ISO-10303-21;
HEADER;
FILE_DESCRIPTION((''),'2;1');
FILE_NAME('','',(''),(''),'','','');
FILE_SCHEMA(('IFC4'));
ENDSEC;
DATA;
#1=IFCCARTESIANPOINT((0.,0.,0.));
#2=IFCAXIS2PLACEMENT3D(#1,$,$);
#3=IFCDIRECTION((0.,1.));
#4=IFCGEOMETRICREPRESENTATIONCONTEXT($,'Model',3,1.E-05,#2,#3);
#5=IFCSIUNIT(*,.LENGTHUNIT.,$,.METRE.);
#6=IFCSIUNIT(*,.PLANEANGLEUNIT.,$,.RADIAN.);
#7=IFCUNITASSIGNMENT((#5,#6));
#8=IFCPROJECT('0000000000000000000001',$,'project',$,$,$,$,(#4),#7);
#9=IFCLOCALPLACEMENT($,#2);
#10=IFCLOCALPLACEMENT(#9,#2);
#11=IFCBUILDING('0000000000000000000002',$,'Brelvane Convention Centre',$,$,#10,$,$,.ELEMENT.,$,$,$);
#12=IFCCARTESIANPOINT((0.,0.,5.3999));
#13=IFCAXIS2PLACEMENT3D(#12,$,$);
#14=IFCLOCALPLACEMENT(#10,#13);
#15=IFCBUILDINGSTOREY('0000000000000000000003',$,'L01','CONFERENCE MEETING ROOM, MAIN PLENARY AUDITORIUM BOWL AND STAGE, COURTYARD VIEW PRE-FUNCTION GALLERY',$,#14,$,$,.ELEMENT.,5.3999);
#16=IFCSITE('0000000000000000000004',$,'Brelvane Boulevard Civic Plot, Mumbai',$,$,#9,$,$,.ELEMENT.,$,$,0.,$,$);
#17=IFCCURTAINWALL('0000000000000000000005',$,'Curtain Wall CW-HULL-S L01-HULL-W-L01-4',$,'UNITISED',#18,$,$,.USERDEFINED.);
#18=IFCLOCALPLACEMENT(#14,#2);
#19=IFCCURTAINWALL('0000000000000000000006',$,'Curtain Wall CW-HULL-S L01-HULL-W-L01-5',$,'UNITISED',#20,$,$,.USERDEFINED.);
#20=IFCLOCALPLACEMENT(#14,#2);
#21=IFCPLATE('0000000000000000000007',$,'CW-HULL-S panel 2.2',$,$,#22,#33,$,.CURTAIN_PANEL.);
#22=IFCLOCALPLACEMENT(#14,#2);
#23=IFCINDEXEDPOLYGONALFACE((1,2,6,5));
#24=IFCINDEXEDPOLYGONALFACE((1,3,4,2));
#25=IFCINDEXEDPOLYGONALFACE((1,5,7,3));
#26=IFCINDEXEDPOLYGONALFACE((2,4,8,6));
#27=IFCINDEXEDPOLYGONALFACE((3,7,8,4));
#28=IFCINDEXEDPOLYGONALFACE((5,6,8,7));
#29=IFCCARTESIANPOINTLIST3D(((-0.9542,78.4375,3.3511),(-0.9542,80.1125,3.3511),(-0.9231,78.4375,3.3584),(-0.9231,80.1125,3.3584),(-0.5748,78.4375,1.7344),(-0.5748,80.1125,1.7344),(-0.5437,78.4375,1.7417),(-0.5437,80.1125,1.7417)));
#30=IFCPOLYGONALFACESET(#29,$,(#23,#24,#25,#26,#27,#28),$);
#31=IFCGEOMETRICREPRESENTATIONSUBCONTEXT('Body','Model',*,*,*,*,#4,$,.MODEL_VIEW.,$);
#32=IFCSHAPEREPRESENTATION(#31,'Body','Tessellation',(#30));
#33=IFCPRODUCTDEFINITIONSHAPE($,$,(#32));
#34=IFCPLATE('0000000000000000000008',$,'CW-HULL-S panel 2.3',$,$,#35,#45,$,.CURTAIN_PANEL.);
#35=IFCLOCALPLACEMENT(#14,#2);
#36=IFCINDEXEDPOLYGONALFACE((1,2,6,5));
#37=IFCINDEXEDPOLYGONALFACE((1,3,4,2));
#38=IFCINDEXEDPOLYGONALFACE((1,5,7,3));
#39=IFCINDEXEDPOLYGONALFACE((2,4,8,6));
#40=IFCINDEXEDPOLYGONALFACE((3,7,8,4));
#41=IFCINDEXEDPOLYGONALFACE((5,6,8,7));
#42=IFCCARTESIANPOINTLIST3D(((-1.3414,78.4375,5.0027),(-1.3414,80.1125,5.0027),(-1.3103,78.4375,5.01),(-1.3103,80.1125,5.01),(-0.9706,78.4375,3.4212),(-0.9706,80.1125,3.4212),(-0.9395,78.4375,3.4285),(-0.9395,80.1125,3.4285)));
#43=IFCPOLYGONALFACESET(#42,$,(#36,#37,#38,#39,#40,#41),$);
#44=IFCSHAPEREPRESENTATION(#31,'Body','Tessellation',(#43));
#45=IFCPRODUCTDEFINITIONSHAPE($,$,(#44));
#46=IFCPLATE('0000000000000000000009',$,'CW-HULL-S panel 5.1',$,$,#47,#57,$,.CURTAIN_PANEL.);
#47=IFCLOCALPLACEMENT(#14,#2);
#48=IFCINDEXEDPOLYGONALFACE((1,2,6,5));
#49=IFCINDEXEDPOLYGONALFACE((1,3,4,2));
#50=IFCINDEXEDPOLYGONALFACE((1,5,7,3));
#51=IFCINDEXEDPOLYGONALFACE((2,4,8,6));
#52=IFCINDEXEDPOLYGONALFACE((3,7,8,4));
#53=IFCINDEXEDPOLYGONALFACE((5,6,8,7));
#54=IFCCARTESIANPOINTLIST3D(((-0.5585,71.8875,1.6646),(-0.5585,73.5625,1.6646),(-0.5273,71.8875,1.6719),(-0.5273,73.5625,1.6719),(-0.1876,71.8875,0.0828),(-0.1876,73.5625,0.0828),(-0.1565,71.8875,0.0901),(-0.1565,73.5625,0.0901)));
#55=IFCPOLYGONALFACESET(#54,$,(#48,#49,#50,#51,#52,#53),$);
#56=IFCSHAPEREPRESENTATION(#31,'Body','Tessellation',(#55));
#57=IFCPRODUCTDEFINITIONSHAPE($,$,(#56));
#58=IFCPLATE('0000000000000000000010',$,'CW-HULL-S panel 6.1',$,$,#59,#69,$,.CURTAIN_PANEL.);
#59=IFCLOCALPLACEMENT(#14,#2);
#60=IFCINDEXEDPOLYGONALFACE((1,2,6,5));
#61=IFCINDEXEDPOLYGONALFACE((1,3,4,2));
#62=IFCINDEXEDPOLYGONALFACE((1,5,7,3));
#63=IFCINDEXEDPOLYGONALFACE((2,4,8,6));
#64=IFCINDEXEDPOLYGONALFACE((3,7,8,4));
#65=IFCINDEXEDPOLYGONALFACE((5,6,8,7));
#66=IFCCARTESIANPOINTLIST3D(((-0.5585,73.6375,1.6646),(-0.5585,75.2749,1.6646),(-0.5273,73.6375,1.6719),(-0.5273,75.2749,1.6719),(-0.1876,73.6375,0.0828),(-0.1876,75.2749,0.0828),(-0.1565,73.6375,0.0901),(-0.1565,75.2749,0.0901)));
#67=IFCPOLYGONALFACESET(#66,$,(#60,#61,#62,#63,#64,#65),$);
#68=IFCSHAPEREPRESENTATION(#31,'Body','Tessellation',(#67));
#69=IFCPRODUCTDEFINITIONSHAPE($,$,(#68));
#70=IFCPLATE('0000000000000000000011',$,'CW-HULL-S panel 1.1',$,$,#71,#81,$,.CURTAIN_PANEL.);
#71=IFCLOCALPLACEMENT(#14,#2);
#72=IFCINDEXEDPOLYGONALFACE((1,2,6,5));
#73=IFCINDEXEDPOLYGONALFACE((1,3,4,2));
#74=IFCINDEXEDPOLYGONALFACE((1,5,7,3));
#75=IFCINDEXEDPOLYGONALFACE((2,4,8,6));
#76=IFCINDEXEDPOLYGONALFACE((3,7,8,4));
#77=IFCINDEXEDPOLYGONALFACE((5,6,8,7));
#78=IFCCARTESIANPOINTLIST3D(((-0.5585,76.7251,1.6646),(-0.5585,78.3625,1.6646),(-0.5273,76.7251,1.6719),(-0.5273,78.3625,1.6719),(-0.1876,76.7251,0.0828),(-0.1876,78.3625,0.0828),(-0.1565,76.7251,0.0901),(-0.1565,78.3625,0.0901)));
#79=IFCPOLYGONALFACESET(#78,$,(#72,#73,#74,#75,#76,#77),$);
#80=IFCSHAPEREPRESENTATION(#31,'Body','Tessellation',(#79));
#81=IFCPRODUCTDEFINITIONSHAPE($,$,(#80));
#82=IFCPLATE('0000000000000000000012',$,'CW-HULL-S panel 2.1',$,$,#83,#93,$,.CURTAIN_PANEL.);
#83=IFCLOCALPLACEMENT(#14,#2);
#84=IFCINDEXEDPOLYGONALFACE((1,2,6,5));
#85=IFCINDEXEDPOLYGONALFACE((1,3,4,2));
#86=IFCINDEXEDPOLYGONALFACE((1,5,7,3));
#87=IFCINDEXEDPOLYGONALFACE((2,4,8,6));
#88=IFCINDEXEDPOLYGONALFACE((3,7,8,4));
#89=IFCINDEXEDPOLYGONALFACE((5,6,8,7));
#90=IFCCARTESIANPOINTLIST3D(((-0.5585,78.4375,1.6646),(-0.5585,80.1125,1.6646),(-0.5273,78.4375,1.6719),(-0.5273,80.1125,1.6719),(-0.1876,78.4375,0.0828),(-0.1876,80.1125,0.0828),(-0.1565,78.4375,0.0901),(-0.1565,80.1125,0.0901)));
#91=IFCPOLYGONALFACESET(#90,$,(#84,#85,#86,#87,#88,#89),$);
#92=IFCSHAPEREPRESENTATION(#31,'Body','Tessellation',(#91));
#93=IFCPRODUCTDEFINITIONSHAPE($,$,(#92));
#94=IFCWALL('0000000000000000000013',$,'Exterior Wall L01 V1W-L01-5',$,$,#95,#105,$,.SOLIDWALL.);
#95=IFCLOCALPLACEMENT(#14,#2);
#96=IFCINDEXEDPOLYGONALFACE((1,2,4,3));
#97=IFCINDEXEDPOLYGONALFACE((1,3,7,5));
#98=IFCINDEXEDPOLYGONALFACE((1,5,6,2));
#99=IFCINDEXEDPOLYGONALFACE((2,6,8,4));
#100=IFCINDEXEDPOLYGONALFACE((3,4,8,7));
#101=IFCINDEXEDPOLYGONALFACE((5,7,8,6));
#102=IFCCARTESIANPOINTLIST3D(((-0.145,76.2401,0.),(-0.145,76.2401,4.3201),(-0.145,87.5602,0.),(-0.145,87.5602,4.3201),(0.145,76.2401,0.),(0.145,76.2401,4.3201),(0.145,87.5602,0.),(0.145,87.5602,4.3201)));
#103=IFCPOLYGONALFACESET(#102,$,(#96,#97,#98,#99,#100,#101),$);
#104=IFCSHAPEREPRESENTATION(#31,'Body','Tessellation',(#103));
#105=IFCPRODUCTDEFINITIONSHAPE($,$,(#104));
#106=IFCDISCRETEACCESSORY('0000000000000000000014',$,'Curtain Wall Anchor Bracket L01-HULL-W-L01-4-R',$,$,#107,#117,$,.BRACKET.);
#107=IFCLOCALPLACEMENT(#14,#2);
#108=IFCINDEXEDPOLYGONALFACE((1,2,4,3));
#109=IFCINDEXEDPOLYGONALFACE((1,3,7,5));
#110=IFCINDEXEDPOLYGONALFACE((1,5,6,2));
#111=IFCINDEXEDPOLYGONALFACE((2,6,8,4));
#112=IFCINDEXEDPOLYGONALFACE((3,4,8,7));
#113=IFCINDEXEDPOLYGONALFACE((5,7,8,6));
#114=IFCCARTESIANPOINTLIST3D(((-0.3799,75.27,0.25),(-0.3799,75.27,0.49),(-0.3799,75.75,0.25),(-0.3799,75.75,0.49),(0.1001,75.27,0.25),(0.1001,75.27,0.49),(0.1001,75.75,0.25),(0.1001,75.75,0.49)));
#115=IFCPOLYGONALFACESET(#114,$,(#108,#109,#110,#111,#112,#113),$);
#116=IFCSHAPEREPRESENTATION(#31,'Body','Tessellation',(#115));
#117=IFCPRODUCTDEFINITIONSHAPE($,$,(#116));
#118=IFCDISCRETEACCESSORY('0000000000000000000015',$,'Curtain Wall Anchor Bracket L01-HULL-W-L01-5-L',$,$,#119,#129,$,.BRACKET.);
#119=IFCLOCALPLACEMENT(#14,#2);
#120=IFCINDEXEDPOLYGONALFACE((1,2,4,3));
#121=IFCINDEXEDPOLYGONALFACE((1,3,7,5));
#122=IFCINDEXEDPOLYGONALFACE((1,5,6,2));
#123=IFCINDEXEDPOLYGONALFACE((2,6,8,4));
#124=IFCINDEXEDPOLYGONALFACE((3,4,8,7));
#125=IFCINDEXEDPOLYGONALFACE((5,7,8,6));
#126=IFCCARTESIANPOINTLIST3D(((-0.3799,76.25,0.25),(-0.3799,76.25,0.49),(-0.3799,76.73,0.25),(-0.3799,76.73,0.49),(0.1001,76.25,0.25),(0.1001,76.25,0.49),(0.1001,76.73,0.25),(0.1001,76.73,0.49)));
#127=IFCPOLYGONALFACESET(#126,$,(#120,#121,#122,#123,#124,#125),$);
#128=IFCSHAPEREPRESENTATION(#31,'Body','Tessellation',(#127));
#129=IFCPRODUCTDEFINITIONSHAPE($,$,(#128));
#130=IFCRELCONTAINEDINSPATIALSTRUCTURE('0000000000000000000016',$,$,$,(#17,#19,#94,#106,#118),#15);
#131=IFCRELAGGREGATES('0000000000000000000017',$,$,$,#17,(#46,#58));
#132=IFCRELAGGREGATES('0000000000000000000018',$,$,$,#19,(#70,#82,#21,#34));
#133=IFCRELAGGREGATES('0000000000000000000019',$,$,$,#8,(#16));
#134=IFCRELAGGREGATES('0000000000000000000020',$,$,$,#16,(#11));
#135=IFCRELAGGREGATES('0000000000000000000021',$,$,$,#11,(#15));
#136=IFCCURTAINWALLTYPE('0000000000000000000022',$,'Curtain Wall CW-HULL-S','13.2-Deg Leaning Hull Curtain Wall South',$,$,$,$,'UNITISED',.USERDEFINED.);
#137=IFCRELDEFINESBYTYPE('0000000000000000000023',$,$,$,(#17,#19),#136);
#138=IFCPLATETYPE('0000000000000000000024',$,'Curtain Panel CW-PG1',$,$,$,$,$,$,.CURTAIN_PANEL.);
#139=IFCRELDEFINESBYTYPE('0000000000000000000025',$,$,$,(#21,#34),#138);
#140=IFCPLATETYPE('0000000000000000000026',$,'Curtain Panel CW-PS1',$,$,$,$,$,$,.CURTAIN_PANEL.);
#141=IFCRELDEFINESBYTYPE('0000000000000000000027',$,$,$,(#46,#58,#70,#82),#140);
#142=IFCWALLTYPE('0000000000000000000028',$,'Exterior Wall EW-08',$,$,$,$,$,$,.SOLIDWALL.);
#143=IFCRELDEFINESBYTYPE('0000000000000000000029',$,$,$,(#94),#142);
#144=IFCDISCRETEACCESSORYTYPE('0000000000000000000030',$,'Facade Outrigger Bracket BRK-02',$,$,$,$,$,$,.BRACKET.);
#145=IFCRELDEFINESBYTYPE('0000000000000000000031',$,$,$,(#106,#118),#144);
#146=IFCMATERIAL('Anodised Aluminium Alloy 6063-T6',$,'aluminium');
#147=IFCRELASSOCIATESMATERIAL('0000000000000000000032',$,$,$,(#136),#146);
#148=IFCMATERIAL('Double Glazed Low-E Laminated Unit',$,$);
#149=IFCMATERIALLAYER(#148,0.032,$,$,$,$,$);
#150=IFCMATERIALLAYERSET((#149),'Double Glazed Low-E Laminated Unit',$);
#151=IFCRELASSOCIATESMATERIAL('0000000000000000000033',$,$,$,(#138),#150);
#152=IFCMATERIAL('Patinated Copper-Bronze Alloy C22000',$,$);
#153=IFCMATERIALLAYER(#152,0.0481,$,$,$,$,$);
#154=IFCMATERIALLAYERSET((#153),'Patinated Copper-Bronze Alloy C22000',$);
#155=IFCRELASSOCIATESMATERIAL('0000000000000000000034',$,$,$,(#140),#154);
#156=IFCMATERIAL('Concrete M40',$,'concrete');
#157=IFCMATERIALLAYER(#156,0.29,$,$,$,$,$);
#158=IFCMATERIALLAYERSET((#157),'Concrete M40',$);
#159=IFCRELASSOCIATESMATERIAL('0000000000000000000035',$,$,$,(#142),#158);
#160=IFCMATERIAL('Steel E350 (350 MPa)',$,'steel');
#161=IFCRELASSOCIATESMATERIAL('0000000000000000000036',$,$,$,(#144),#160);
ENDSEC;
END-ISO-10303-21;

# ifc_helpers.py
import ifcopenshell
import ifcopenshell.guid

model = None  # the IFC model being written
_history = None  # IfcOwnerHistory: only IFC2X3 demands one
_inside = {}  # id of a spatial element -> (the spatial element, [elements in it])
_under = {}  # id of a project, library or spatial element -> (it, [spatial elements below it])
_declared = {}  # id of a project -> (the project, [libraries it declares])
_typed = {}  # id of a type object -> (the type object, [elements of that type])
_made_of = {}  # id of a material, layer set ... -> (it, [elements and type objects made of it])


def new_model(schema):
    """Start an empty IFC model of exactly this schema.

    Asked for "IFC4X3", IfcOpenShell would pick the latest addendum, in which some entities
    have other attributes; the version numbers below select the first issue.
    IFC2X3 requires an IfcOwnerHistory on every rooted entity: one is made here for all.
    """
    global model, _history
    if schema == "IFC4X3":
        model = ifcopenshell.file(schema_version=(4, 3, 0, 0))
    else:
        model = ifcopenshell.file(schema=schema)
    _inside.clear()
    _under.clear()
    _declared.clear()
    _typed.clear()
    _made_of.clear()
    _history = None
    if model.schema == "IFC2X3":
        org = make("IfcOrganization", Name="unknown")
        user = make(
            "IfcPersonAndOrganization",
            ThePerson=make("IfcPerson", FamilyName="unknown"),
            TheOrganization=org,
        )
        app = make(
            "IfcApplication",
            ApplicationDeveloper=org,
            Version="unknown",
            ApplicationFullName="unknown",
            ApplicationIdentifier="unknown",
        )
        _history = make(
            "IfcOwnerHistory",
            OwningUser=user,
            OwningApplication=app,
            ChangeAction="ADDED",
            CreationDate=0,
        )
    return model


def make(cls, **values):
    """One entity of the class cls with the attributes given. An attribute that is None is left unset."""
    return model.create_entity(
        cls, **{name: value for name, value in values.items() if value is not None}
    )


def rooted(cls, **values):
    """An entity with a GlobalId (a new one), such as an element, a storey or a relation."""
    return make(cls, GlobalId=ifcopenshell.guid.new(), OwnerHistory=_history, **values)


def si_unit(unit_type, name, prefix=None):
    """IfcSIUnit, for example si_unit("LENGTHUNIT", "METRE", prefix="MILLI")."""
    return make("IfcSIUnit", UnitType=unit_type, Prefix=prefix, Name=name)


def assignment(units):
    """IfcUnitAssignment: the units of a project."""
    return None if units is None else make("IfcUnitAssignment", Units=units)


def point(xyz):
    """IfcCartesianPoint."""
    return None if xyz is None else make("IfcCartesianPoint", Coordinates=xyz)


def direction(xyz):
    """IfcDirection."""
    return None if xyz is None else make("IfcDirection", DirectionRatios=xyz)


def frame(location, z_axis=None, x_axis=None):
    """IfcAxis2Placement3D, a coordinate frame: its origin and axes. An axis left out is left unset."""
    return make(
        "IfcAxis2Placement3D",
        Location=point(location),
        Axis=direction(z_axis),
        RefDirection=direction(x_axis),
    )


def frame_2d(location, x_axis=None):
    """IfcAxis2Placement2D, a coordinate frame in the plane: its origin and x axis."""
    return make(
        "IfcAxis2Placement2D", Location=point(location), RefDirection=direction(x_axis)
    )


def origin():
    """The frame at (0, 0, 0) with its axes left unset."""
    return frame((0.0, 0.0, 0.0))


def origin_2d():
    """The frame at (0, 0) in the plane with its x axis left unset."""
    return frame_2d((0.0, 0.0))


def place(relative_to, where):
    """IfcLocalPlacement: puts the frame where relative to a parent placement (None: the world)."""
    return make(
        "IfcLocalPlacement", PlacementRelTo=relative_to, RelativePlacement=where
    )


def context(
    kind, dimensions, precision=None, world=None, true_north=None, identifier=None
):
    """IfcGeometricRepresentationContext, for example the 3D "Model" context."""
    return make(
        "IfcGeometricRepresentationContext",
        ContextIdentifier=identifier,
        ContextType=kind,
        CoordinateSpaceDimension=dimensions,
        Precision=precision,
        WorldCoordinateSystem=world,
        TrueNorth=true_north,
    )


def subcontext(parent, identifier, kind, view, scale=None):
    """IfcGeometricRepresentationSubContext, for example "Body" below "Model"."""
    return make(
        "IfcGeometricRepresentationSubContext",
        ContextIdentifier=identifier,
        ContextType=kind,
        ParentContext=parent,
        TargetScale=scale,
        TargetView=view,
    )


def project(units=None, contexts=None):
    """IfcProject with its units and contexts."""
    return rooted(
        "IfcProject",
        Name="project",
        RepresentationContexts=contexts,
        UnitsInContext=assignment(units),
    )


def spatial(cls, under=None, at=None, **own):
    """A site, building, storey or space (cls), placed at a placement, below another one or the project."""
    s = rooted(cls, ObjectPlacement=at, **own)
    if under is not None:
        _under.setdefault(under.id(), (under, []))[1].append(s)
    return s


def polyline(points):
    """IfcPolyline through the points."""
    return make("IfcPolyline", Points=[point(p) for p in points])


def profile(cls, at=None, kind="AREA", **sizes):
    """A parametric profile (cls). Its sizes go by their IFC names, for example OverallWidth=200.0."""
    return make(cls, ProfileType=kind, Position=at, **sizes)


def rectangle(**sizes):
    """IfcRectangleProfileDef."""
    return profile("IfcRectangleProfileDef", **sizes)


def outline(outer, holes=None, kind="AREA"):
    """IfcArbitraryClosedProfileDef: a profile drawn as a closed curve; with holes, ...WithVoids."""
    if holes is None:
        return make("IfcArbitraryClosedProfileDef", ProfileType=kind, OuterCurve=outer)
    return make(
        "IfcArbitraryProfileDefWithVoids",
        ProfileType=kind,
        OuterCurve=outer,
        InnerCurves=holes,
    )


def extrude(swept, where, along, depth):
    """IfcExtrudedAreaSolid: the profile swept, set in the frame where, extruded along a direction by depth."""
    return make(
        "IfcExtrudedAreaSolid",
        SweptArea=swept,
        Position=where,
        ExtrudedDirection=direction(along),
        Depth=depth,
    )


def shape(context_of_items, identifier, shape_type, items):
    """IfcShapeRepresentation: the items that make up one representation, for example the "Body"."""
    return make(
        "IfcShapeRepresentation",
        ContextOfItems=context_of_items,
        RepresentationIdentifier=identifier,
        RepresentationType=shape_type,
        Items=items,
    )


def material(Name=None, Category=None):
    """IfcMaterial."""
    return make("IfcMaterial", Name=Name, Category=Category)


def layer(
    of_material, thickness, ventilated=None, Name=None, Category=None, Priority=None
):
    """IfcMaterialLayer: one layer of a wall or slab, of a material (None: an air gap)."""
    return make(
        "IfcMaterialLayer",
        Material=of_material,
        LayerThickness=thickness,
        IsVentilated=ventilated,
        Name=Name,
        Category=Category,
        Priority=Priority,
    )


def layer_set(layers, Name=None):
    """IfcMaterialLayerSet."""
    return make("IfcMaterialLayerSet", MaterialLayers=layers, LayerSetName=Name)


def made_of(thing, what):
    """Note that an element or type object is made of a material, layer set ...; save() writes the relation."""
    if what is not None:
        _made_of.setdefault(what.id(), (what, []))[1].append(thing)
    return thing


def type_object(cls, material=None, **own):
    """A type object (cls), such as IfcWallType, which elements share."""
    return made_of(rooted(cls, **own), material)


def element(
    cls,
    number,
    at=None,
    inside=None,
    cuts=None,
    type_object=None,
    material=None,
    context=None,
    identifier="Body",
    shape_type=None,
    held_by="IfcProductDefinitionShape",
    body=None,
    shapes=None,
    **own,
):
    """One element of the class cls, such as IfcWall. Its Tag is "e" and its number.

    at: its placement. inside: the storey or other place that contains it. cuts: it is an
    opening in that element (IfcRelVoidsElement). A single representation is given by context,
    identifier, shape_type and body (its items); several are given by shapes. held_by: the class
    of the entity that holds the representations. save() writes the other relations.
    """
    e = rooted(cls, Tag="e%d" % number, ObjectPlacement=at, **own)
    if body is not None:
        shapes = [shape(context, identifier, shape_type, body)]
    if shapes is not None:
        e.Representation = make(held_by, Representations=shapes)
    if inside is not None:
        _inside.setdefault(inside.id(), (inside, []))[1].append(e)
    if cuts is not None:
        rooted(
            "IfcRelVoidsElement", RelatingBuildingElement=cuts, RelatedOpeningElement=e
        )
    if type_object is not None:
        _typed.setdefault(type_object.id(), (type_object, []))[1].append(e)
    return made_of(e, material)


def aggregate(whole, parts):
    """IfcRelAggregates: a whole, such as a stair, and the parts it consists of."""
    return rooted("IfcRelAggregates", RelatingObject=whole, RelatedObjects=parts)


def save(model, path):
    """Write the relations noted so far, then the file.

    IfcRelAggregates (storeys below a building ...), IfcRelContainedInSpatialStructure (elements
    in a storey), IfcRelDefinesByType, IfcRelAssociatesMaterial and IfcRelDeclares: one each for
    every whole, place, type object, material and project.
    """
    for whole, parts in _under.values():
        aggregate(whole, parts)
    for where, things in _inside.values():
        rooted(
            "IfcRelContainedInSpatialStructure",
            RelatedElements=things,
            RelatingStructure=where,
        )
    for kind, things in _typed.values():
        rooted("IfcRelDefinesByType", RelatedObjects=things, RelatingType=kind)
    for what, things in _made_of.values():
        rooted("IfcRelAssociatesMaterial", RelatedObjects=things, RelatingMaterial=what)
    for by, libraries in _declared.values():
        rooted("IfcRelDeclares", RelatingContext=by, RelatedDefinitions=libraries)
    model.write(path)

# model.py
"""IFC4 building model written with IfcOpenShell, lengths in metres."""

from ifc_helpers import new_model, si_unit, direction, frame, frame_2d, origin, origin_2d, place, context, subcontext, project, spatial, polyline, rectangle, outline, extrude, material, layer, layer_set, type_object, element, aggregate, save


model = new_model("IFC4")

# Units and contexts
model_context = context("Model", 3, precision=1e-05, world=origin(), true_north=direction((0.0, 1.0)))
body_context = subcontext(model_context, "Body", "Model", "MODEL_VIEW")
ifc_project = project(units=[si_unit("LENGTHUNIT", "METRE"), si_unit("PLANEANGLEUNIT", "RADIAN")], contexts=[model_context])

# Site, building, storey
site_placement = place(None, origin())
site = spatial("IfcSite", under=ifc_project, at=site_placement, Name="Brelvane Boulevard Civic Plot, Mumbai", CompositionType="ELEMENT", RefElevation=0.0)
building_placement = place(site_placement, origin())
building = spatial("IfcBuilding", under=site, at=building_placement, Name="Brelvane Convention Centre", CompositionType="ELEMENT")
storey_placement = place(building_placement, frame((0.0, 0.0, 5.3999)))
storey = spatial("IfcBuildingStorey", under=building, at=storey_placement, Name="L01", Description="CONFERENCE MEETING ROOM, MAIN PLENARY AUDITORIUM BOWL AND STAGE, COURTYARD VIEW PRE-FUNCTION GALLERY", CompositionType="ELEMENT", Elevation=5.3999)

# Curtain walls
ifc_material_1 = material(Name="Anodised Aluminium Alloy 6063-T6", Category="aluminium")
curtain_wall_type = type_object("IfcCurtainWallType", Name="Curtain Wall CW-HULL-S", Description="13.2-Deg Leaning Hull Curtain Wall South", ElementType="UNITISED", PredefinedType="USERDEFINED", material=ifc_material_1)
curtain_wall_1_placement = place(storey_placement, origin())
curtain_wall_1 = element("IfcCurtainWall", 1, at=curtain_wall_1_placement, inside=storey, type_object=curtain_wall_type, Name="Curtain Wall CW-HULL-S L01-HULL-W-L01-4", ObjectType="UNITISED", PredefinedType="USERDEFINED")
curtain_wall_2_placement = place(storey_placement, origin())
curtain_wall_2 = element("IfcCurtainWall", 2, at=curtain_wall_2_placement, inside=storey, type_object=curtain_wall_type, Name="Curtain Wall CW-HULL-S L01-HULL-W-L01-5", ObjectType="UNITISED", PredefinedType="USERDEFINED")

# Plates
ifc_material_2 = material(Name="Double Glazed Low-E Laminated Unit")
ifc_layer_1 = layer(ifc_material_2, 0.032)
ifc_layer_set_1 = layer_set([ifc_layer_1], Name="Double Glazed Low-E Laminated Unit")
plate_type_1 = type_object("IfcPlateType", Name="Curtain Panel CW-PG1", PredefinedType="CURTAIN_PANEL", material=ifc_layer_set_1)
plate_1_placement = place(storey_placement, frame((-0.5437, 78.4375, 1.7417), z_axis=(0.973552, 0.0, 0.228466), x_axis=(0.0, 1.0, 0.0)))
plate_1 = element("IfcPlate", 3, at=plate_1_placement, type_object=plate_type_1, Name="CW-HULL-S panel 2.2", PredefinedType="CURTAIN_PANEL", context=body_context, shape_type="SweptSolid", body=[
    extrude(outline(polyline([(0.0, 0.0), (1.675, 0.0), (1.675, 1.6606), (0.0, 1.6606), (0.0, 0.0)])), origin(), (0.0, 0.0, -1.0), 0.032),
])
plate_2_placement = place(storey_placement, frame((-0.9395, 78.4375, 3.4285), z_axis=(0.973592, 0.0, 0.228294), x_axis=(0.0, 1.0, 0.0)))
plate_2 = element("IfcPlate", 4, at=plate_2_placement, type_object=plate_type_1, Name="CW-HULL-S panel 2.3", PredefinedType="CURTAIN_PANEL", context=body_context, shape_type="SweptSolid", body=[
    extrude(outline(polyline([(0.0, 0.0), (1.675, 0.0), (1.675, 1.6244), (0.0, 1.6244), (0.0, 0.0)])), origin(), (0.0, 0.0, -1.0), 0.032),
])
ifc_material_3 = material(Name="Patinated Copper-Bronze Alloy C22000")
ifc_layer_2 = layer(ifc_material_3, 0.0481)
ifc_layer_set_2 = layer_set([ifc_layer_2], Name="Patinated Copper-Bronze Alloy C22000")
plate_type_2 = type_object("IfcPlateType", Name="Curtain Panel CW-PS1", PredefinedType="CURTAIN_PANEL", material=ifc_layer_set_2)
plate_3_placement = place(storey_placement, frame((-0.1565, 71.8875, 0.0901), z_axis=(0.9736, 0.0, 0.22826), x_axis=(0.0, 1.0, 0.0)))
plate_3 = element("IfcPlate", 5, at=plate_3_placement, type_object=plate_type_2, Name="CW-HULL-S panel 5.1", PredefinedType="CURTAIN_PANEL", context=body_context, shape_type="SweptSolid", body=[
    extrude(outline(polyline([(0.0, 0.0), (1.675, 0.0), (1.675, 1.6247), (0.0, 1.6247), (0.0, 0.0)])), origin(), (0.0, 0.0, -1.0), 0.032),
])
plate_4_placement = place(storey_placement, frame((-0.1565, 73.6375, 0.0901), z_axis=(0.9736, 0.0, 0.22826), x_axis=(0.0, 1.0, 0.0)))
plate_4 = element("IfcPlate", 6, at=plate_4_placement, type_object=plate_type_2, Name="CW-HULL-S panel 6.1", PredefinedType="CURTAIN_PANEL", context=body_context, shape_type="SweptSolid", body=[
    extrude(outline(polyline([(0.0, 0.0), (1.6375, 0.0), (1.6375, 1.6247), (0.0, 1.6247), (0.0, 0.0)])), origin(), (0.0, 0.0, -1.0), 0.032),
])
aggregate(curtain_wall_1, [plate_3, plate_4])
plate_5_placement = place(storey_placement, frame((-0.1565, 76.7251, 0.0901), z_axis=(0.9736, 0.0, 0.22826), x_axis=(0.0, 1.0, 0.0)))
plate_5 = element("IfcPlate", 7, at=plate_5_placement, type_object=plate_type_2, Name="CW-HULL-S panel 1.1", PredefinedType="CURTAIN_PANEL", context=body_context, shape_type="SweptSolid", body=[
    extrude(outline(polyline([(0.0, 0.0), (1.6375, 0.0), (1.6375, 1.6247), (0.0, 1.6247), (0.0, 0.0)])), origin(), (0.0, 0.0, -1.0), 0.032),
])
plate_6_placement = place(storey_placement, frame((-0.1565, 78.4375, 0.0901), z_axis=(0.9736, 0.0, 0.22826), x_axis=(0.0, 1.0, 0.0)))
plate_6 = element("IfcPlate", 8, at=plate_6_placement, type_object=plate_type_2, Name="CW-HULL-S panel 2.1", PredefinedType="CURTAIN_PANEL", context=body_context, shape_type="SweptSolid", body=[
    extrude(outline(polyline([(0.0, 0.0), (1.675, 0.0), (1.675, 1.6247), (0.0, 1.6247), (0.0, 0.0)])), origin(), (0.0, 0.0, -1.0), 0.032),
])
aggregate(curtain_wall_2, [plate_5, plate_6, plate_1, plate_2])

# Wall
ifc_material_4 = material(Name="Concrete M40", Category="concrete")
ifc_layer_3 = layer(ifc_material_4, 0.29)
ifc_layer_set_3 = layer_set([ifc_layer_3], Name="Concrete M40")
wall_type = type_object("IfcWallType", Name="Exterior Wall EW-08", PredefinedType="SOLIDWALL", material=ifc_layer_set_3)
wall_placement = place(storey_placement, frame((0.0, 76.24, 0.0), z_axis=(0.0, 0.0, 1.0), x_axis=(0.0, 1.0, 0.0)))
element("IfcWall", 9, at=wall_placement, inside=storey, type_object=wall_type, Name="Exterior Wall L01 V1W-L01-5", PredefinedType="SOLIDWALL", context=body_context, shape_type="SweptSolid", body=[
    extrude(rectangle(XDim=11.3201, YDim=0.29, at=frame_2d((5.6602, 0.0))), origin(), (0.0, 0.0, 1.0), 4.3201),
])

# Discrete accessories
ifc_material_5 = material(Name="Steel E350 (350 MPa)", Category="steel")
discrete_accessory_type = type_object("IfcDiscreteAccessoryType", Name="Facade Outrigger Bracket BRK-02", PredefinedType="BRACKET", material=ifc_material_5)
for number, where, z_axis, x_axis, name in (
    (10, (-0.1399, 75.51, 0.25), (0.0, 0.0, 1.0), (1.0, 0.0, 0.0), "Curtain Wall Anchor Bracket L01-HULL-W-L01-4-R"),
    (11, (-0.1399, 76.49, 0.25), (0.0, 0.0, 1.0), (1.0, 0.0, 0.0), "Curtain Wall Anchor Bracket L01-HULL-W-L01-5-L"),
):
    element("IfcDiscreteAccessory", number, at=place(storey_placement, frame(where, z_axis=z_axis, x_axis=x_axis)), inside=storey, type_object=discrete_accessory_type, Name=name, PredefinedType="BRACKET", context=body_context, shape_type="SweptSolid", body=[
        extrude(rectangle(XDim=0.48, YDim=0.48, at=origin_2d()), origin(), (0.0, 0.0, 1.0), 0.24),
    ])

save(model, "model.ifc")
